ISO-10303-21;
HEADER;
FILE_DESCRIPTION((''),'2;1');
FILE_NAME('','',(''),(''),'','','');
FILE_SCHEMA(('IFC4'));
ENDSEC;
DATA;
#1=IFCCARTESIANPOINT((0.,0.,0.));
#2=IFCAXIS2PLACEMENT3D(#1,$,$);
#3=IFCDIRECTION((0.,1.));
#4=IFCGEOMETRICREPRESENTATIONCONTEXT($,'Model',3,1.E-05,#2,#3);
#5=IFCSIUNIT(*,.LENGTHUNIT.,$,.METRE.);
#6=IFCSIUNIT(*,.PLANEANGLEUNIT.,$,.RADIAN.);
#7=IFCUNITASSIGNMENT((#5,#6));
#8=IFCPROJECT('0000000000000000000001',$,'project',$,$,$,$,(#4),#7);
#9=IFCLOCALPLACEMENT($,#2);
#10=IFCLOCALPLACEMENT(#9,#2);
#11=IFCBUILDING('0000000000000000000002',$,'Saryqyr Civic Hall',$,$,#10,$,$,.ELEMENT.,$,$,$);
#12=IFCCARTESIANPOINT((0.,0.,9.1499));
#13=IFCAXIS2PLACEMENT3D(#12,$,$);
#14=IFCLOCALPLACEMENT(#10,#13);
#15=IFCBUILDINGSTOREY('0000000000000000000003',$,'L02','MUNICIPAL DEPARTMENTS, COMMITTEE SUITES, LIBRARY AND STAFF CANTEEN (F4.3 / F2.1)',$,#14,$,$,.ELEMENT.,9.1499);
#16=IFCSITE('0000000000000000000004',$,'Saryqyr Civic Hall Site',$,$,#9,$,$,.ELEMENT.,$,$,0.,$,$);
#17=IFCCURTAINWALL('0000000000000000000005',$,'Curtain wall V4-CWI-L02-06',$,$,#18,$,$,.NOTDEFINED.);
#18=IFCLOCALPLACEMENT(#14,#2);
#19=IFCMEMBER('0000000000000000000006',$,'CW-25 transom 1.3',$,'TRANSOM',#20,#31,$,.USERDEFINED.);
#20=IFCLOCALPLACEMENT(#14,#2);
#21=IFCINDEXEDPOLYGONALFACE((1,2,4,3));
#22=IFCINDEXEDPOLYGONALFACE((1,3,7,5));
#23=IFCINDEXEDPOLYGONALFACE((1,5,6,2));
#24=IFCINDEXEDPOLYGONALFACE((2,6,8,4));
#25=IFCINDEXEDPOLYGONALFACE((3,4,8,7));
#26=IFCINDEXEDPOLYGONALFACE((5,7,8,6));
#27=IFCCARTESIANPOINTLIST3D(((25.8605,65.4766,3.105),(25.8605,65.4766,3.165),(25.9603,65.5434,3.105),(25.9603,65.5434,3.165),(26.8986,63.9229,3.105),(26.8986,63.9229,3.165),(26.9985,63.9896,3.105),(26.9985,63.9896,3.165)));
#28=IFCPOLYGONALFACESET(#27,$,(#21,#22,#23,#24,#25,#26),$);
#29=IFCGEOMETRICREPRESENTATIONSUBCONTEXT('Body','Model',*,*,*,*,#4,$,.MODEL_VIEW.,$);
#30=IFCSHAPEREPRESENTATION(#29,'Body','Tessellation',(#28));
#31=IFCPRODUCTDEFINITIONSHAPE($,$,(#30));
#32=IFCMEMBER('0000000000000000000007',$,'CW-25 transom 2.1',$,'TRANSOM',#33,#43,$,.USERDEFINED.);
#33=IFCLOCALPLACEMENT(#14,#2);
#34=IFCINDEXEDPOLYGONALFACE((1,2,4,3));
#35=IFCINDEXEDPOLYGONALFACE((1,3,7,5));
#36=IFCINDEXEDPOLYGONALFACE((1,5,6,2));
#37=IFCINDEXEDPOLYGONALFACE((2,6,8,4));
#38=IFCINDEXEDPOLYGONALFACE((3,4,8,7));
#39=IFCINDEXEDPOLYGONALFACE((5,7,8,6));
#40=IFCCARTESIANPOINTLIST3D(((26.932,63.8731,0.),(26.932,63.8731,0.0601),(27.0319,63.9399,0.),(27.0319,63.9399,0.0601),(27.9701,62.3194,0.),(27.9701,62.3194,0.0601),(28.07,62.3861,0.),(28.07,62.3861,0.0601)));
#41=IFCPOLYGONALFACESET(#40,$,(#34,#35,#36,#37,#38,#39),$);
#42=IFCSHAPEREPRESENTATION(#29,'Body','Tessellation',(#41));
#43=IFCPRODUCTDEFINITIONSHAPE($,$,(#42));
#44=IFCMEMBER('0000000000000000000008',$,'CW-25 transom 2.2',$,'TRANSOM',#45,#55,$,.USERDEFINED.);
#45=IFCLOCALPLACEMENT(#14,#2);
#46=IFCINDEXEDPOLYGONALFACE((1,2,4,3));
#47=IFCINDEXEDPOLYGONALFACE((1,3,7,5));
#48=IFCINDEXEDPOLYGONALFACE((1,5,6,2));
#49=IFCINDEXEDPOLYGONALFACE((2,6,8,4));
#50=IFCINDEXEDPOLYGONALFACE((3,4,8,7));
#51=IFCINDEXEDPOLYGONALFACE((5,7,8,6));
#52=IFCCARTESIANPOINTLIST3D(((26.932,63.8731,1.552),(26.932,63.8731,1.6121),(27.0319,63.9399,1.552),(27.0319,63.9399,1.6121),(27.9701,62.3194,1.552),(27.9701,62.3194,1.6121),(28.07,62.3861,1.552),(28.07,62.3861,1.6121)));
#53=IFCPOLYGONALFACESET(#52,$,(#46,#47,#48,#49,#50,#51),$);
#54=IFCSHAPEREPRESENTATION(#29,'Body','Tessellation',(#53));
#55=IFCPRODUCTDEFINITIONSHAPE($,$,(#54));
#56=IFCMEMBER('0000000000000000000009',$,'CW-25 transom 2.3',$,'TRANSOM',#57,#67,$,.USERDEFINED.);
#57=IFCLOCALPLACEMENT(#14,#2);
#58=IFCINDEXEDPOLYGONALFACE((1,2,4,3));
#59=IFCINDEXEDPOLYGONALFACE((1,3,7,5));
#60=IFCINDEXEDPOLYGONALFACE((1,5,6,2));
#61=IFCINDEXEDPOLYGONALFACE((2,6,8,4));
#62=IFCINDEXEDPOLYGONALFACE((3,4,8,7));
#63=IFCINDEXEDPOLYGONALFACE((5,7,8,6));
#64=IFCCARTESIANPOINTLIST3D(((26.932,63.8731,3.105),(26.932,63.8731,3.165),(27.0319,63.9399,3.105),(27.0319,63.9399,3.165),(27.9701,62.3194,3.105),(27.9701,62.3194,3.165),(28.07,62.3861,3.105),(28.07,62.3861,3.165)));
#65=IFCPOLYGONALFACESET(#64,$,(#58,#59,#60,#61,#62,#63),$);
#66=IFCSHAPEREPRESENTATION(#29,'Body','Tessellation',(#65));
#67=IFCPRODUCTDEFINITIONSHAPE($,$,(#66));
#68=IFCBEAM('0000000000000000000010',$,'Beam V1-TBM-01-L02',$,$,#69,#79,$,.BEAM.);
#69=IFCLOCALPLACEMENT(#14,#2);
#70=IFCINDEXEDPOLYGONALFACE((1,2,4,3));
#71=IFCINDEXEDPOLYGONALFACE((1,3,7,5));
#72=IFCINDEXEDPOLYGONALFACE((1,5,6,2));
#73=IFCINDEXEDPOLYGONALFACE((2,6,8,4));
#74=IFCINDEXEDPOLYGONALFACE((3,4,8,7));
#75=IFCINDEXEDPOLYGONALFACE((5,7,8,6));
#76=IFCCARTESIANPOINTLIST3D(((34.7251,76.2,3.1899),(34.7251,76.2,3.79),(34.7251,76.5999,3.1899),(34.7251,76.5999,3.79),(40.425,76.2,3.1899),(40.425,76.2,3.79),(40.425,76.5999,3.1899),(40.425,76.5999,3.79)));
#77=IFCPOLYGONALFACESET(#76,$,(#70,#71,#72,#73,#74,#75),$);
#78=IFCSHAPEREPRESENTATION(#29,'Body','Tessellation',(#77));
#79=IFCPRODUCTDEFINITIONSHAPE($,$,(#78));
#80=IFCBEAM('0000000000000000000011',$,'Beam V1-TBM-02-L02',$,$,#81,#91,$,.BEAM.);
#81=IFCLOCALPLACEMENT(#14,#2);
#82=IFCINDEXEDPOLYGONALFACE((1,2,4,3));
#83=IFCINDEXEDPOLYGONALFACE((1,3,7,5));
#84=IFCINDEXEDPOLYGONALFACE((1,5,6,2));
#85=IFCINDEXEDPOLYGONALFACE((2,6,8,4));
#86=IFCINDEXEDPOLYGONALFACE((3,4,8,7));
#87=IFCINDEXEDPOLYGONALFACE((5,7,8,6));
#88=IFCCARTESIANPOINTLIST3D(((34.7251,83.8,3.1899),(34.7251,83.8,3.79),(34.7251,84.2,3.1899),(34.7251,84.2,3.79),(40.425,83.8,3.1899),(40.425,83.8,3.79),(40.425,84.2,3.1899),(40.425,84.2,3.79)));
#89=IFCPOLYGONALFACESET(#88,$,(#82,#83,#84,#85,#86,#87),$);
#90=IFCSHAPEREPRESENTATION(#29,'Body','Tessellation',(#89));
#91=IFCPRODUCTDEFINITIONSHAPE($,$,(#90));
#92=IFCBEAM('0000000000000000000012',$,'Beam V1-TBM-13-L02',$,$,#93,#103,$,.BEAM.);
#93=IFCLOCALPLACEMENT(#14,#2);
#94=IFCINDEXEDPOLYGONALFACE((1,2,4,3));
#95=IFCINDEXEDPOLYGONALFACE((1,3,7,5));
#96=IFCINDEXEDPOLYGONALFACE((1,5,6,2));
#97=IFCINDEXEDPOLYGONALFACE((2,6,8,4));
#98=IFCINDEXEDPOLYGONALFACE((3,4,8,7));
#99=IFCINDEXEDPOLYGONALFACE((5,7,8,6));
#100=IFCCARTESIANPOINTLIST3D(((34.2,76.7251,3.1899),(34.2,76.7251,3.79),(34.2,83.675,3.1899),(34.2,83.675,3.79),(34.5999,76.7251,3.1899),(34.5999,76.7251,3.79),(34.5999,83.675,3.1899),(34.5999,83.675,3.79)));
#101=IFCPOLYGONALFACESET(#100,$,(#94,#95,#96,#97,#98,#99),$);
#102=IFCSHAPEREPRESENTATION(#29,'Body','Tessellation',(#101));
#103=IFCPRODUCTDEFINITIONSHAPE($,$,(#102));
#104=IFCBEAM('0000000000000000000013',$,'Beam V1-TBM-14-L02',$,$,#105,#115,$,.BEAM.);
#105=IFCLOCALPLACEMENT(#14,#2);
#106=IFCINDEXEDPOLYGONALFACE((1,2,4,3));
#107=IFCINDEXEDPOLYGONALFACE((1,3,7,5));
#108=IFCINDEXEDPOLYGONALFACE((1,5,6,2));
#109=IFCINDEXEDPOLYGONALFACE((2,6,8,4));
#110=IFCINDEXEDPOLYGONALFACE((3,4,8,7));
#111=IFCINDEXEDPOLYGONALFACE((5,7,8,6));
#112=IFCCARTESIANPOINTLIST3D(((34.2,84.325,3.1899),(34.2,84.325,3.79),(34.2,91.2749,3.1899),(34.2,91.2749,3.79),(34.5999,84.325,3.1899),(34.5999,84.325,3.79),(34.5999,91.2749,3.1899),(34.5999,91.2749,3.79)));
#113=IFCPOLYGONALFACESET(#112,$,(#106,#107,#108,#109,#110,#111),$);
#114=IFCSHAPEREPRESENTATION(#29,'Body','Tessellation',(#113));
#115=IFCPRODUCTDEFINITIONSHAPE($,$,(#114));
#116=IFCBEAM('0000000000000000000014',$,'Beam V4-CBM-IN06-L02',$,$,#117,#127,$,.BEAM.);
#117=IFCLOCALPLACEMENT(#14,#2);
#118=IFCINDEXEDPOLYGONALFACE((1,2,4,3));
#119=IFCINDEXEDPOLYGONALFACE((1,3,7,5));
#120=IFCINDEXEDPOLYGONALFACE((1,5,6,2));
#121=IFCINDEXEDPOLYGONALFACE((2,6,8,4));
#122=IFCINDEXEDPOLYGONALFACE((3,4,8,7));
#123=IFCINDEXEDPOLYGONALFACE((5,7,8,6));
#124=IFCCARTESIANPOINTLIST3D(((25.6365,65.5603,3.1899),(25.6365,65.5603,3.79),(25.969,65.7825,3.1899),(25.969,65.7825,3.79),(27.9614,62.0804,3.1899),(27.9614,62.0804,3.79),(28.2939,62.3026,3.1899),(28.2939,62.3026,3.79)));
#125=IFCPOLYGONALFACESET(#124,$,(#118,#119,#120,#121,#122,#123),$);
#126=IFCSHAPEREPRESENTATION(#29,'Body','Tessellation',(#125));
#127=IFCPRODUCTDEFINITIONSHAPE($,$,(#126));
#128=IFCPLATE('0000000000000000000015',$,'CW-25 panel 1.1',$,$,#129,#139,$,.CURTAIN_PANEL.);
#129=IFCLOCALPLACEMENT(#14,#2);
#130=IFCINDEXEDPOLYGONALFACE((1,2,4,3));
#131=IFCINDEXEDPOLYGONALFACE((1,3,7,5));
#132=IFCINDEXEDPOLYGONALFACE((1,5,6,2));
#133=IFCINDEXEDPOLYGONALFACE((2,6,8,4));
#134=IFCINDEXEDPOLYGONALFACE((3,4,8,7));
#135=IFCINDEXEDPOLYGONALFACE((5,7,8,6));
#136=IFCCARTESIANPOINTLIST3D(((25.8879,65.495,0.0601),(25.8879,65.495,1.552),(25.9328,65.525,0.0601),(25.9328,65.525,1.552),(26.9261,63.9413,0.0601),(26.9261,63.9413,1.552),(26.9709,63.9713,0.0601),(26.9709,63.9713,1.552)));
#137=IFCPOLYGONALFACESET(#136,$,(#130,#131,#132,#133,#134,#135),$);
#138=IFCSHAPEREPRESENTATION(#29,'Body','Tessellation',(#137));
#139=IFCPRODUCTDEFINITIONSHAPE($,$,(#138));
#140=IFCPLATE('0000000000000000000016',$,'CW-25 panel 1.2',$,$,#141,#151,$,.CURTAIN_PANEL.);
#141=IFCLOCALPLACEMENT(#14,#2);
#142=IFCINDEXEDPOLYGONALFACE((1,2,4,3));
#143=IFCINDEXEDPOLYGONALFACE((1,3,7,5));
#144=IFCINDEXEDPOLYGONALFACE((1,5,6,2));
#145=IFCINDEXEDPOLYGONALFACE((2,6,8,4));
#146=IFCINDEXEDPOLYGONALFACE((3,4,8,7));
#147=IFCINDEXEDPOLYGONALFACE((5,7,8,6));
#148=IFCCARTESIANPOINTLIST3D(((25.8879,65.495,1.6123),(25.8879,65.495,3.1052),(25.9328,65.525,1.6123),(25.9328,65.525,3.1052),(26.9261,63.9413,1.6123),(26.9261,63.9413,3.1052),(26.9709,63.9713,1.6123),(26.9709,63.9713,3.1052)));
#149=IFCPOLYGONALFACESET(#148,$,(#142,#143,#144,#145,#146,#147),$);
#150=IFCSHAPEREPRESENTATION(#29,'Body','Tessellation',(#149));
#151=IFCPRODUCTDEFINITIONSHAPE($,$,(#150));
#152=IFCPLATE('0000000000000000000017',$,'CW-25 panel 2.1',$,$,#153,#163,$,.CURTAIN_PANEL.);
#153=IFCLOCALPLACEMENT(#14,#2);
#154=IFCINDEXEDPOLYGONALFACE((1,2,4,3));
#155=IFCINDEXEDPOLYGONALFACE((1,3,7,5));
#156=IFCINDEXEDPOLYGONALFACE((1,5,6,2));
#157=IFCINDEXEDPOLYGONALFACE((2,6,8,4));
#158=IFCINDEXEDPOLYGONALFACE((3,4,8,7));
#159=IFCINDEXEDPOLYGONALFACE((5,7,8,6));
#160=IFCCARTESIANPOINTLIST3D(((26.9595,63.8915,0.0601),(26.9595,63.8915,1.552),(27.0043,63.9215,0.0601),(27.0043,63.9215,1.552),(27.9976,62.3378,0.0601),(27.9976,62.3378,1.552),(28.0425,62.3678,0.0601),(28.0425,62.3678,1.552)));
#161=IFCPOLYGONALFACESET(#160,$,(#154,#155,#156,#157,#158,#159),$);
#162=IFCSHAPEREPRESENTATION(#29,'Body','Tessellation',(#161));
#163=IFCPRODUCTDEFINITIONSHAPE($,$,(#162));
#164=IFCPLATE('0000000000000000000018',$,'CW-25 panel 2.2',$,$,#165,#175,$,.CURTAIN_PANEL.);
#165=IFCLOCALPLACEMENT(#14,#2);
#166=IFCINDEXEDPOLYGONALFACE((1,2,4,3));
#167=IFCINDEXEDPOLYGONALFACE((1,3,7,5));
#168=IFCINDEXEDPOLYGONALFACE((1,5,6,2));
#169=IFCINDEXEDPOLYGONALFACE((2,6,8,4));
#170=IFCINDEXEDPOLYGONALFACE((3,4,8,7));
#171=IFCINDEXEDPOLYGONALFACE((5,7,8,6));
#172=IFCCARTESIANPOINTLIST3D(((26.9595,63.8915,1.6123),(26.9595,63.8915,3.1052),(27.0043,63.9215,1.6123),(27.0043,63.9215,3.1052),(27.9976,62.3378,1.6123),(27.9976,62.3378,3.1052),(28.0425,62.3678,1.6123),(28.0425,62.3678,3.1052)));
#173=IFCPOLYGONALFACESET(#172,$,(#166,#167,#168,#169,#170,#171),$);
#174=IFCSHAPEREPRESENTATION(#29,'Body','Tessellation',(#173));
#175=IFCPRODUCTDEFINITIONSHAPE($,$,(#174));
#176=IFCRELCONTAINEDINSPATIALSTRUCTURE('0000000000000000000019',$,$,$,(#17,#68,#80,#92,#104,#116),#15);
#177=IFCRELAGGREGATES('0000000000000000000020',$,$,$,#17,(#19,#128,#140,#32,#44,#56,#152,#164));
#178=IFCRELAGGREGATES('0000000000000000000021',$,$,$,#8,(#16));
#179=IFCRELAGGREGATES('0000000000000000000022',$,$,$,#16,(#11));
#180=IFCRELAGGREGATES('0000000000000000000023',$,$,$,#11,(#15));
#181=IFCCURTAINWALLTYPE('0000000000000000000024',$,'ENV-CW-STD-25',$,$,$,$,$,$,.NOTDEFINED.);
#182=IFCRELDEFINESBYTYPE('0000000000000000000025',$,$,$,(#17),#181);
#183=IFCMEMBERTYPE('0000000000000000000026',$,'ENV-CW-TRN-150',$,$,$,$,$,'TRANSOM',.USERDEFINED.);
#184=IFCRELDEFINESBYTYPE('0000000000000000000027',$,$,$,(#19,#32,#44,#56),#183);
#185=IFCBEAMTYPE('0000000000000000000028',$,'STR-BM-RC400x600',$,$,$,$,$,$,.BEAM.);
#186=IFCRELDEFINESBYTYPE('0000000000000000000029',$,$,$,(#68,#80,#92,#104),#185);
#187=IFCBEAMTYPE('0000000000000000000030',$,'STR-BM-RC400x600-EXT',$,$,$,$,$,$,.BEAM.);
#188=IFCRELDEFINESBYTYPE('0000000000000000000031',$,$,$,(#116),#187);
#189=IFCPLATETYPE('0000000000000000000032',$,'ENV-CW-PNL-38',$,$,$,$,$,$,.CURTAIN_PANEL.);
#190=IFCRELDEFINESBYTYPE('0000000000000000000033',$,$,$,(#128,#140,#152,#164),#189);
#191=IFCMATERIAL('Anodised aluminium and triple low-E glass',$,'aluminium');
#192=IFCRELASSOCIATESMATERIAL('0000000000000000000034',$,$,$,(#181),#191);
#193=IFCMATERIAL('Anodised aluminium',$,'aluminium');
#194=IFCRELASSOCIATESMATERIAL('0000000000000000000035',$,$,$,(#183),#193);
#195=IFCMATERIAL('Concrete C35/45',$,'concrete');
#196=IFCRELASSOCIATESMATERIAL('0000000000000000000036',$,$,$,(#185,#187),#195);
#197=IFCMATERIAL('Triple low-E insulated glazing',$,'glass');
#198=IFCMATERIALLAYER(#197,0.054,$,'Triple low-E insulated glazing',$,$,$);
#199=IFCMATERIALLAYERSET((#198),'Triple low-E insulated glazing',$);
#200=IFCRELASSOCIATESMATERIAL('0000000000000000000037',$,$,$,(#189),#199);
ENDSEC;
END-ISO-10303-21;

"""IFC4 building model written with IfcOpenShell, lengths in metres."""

from ifc_helpers import new_model, si_unit, direction, frame, origin, origin_2d, place, context, subcontext, project, spatial, rectangle, extrude, material, layer, layer_set, material_profile, profile_set, type_object, element, aggregate, save


model = new_model("IFC4")

# Units and contexts
model_context = context("Model", 3, precision=1e-05, world=origin(), true_north=direction((0.0, 1.0)))
body_context = subcontext(model_context, "Body", "Model", "MODEL_VIEW")
ifc_project = project(units=[si_unit("LENGTHUNIT", "METRE"), si_unit("PLANEANGLEUNIT", "RADIAN")], contexts=[model_context])

# Site, building, storey
site_placement = place(None, origin())
site = spatial("IfcSite", under=ifc_project, at=site_placement, Name="Saryqyr Civic Hall Site", CompositionType="ELEMENT", RefElevation=0.0)
building_placement = place(site_placement, origin())
building = spatial("IfcBuilding", under=site, at=building_placement, Name="Saryqyr Civic Hall", CompositionType="ELEMENT")
storey_placement = place(building_placement, frame((0.0, 0.0, 9.1499)))
storey = spatial("IfcBuildingStorey", under=building, at=storey_placement, Name="L02", Description="MUNICIPAL DEPARTMENTS, COMMITTEE SUITES, LIBRARY AND STAFF CANTEEN (F4.3 / F2.1)", CompositionType="ELEMENT", Elevation=9.1499)

# Curtain wall, members
ifc_material_1 = material(Name="Anodised aluminium and triple low-E glass", Category="aluminium")
curtain_wall_type = type_object("IfcCurtainWallType", Name="ENV-CW-STD-25", PredefinedType="NOTDEFINED", material=ifc_material_1)
curtain_wall_placement = place(storey_placement, origin())
curtain_wall = element("IfcCurtainWall", 1, at=curtain_wall_placement, inside=storey, type_object=curtain_wall_type, Name="Curtain wall V4-CWI-L02-06", PredefinedType="NOTDEFINED")
ifc_material_2 = material(Name="Anodised aluminium", Category="aluminium")
ifc_material_profile_1 = material_profile(ifc_material_2, rectangle(XDim=0.1201, YDim=0.0601, at=origin_2d()), Name="ALU TRANSOM 120x60")
ifc_profile_set_1 = profile_set([ifc_material_profile_1], Name="Anodised aluminium")
member_type_1 = type_object("IfcMemberType", Name="ENV-CW-TRN-150", ElementType="TRANSOM", PredefinedType="USERDEFINED", material=ifc_profile_set_1)
member_1_placement = place(storey_placement, frame((25.9104, 65.51, 3.135), z_axis=(0.555544, -0.831487, 0.0), x_axis=(0.831487, 0.555544, 0.0)))
member_1 = element("IfcMember", 2, at=member_1_placement, type_object=member_type_1, Name="CW-25 transom 1.3", ObjectType="TRANSOM", PredefinedType="USERDEFINED", context=body_context, shape_type="SweptSolid", body=[
    extrude(rectangle(XDim=0.1201, YDim=0.0601, at=origin_2d()), origin(), (0.0, 0.0, 1.0), 1.8687),
])
member_2_placement = place(storey_placement, frame((26.9819, 63.9065, 0.03), z_axis=(0.555544, -0.831487, 0.0), x_axis=(0.831487, 0.555544, 0.0)))
member_2 = element("IfcMember", 3, at=member_2_placement, type_object=member_type_1, Name="CW-25 transom 2.1", ObjectType="TRANSOM", PredefinedType="USERDEFINED", context=body_context, shape_type="SweptSolid", body=[
    extrude(rectangle(XDim=0.1201, YDim=0.0601, at=origin_2d()), origin(), (0.0, 0.0, 1.0), 1.8687),
])
member_3_placement = place(storey_placement, frame((26.9819, 63.9065, 1.582), z_axis=(0.555544, -0.831487, 0.0), x_axis=(0.831487, 0.555544, 0.0)))
member_3 = element("IfcMember", 4, at=member_3_placement, type_object=member_type_1, Name="CW-25 transom 2.2", ObjectType="TRANSOM", PredefinedType="USERDEFINED", context=body_context, shape_type="SweptSolid", body=[
    extrude(rectangle(XDim=0.1201, YDim=0.0601, at=origin_2d()), origin(), (0.0, 0.0, 1.0), 1.8687),
])
member_4_placement = place(storey_placement, frame((26.9819, 63.9065, 3.135), z_axis=(0.555544, -0.831487, 0.0), x_axis=(0.831487, 0.555544, 0.0)))
member_4 = element("IfcMember", 5, at=member_4_placement, type_object=member_type_1, Name="CW-25 transom 2.3", ObjectType="TRANSOM", PredefinedType="USERDEFINED", context=body_context, shape_type="SweptSolid", body=[
    extrude(rectangle(XDim=0.1201, YDim=0.0601, at=origin_2d()), origin(), (0.0, 0.0, 1.0), 1.8687),
])

# Beams
ifc_material_3 = material(Name="Concrete C35/45", Category="concrete")
ifc_material_profile_2 = material_profile(ifc_material_3, rectangle(XDim=0.3999, YDim=0.6001, at=origin_2d()), Name="RC 400x600")
ifc_profile_set_2 = profile_set([ifc_material_profile_2], Name="Concrete C35/45")
beam_type_1 = type_object("IfcBeamType", Name="STR-BM-RC400x600", PredefinedType="BEAM", material=ifc_profile_set_2)
for number, where, z_axis, x_axis, name in (
    (6, (34.7251, 76.3999, 3.49), (1.0, 0.0, 0.0), (0.0, 1.0, 0.0), "Beam V1-TBM-01-L02"),
    (7, (34.7251, 84.0, 3.49), (1.0, 0.0, 0.0), (0.0, 1.0, 0.0), "Beam V1-TBM-02-L02"),
):
    element("IfcBeam", number, at=place(storey_placement, frame(where, z_axis=z_axis, x_axis=x_axis)), inside=storey, type_object=beam_type_1, Name=name, PredefinedType="BEAM", context=body_context, shape_type="SweptSolid", body=[
        extrude(rectangle(XDim=0.3999, YDim=0.6001, at=origin_2d()), origin(), (0.0, 0.0, 1.0), 5.7),
    ])
for number, where, z_axis, x_axis, name in (
    (8, (34.3999, 76.7251, 3.49), (0.0, 1.0, 0.0), (-1.0, 0.0, 0.0), "Beam V1-TBM-13-L02"),
    (9, (34.3999, 84.325, 3.49), (0.0, 1.0, 0.0), (-1.0, 0.0, 0.0), "Beam V1-TBM-14-L02"),
):
    element("IfcBeam", number, at=place(storey_placement, frame(where, z_axis=z_axis, x_axis=x_axis)), inside=storey, type_object=beam_type_1, Name=name, PredefinedType="BEAM", context=body_context, shape_type="SweptSolid", body=[
        extrude(rectangle(XDim=0.3999, YDim=0.6001, at=origin_2d()), origin(), (0.0, 0.0, 1.0), 6.95),
    ])
ifc_material_profile_3 = material_profile(ifc_material_3, rectangle(XDim=0.3999, YDim=0.6001, at=origin_2d()), Name="RC 400x600")
ifc_profile_set_3 = profile_set([ifc_material_profile_3], Name="Concrete C35/45")
beam_type_2 = type_object("IfcBeamType", Name="STR-BM-RC400x600-EXT", PredefinedType="BEAM", material=ifc_profile_set_3)
beam_placement = place(storey_placement, frame((25.8027, 65.6714, 3.49), z_axis=(0.555521, -0.831502, 0.0), x_axis=(0.831502, 0.555521, 0.0)))
element("IfcBeam", 10, at=beam_placement, inside=storey, type_object=beam_type_2, Name="Beam V4-CBM-IN06-L02", PredefinedType="BEAM", context=body_context, shape_type="SweptSolid", body=[
    extrude(rectangle(XDim=0.3999, YDim=0.6001, at=origin_2d()), origin(), (0.0, 0.0, 1.0), 4.1851),
])

# Plates
ifc_material_4 = material(Name="Triple low-E insulated glazing", Category="glass")
ifc_layer_1 = layer(ifc_material_4, 0.054, Name="Triple low-E insulated glazing")
ifc_layer_set_1 = layer_set([ifc_layer_1], Name="Triple low-E insulated glazing")
plate_type = type_object("IfcPlateType", Name="ENV-CW-PNL-38", PredefinedType="CURTAIN_PANEL", material=ifc_layer_set_1)
plate_1_placement = place(storey_placement, frame((26.4294, 64.7332, 0.0601), z_axis=(0.0, 0.0, 1.0), x_axis=(0.555554, -0.83148, 0.0)))
plate_1 = element("IfcPlate", 11, at=plate_1_placement, type_object=plate_type, Name="CW-25 panel 1.1", PredefinedType="CURTAIN_PANEL", context=body_context, shape_type="SweptSolid", body=[
    extrude(rectangle(XDim=1.8687, YDim=0.054, at=origin_2d()), origin(), (0.0, 0.0, 1.0), 1.4919),
])
plate_2_placement = place(storey_placement, frame((26.4294, 64.7332, 1.6123), z_axis=(0.0, 0.0, 1.0), x_axis=(0.555554, -0.83148, 0.0)))
plate_2 = element("IfcPlate", 12, at=plate_2_placement, type_object=plate_type, Name="CW-25 panel 1.2", PredefinedType="CURTAIN_PANEL", context=body_context, shape_type="SweptSolid", body=[
    extrude(rectangle(XDim=1.8687, YDim=0.054, at=origin_2d()), origin(), (0.0, 0.0, 1.0), 1.4929),
])
plate_3_placement = place(storey_placement, frame((27.501, 63.1296, 0.0601), z_axis=(0.0, 0.0, 1.0), x_axis=(0.555554, -0.83148, 0.0)))
plate_3 = element("IfcPlate", 13, at=plate_3_placement, type_object=plate_type, Name="CW-25 panel 2.1", PredefinedType="CURTAIN_PANEL", context=body_context, shape_type="SweptSolid", body=[
    extrude(rectangle(XDim=1.8687, YDim=0.054, at=origin_2d()), origin(), (0.0, 0.0, 1.0), 1.4919),
])
plate_4_placement = place(storey_placement, frame((27.501, 63.1296, 1.6123), z_axis=(0.0, 0.0, 1.0), x_axis=(0.555554, -0.83148, 0.0)))
plate_4 = element("IfcPlate", 14, at=plate_4_placement, type_object=plate_type, Name="CW-25 panel 2.2", PredefinedType="CURTAIN_PANEL", context=body_context, shape_type="SweptSolid", body=[
    extrude(rectangle(XDim=1.8687, YDim=0.054, at=origin_2d()), origin(), (0.0, 0.0, 1.0), 1.4929),
])
aggregate(curtain_wall, [member_1, plate_1, plate_2, member_2, member_3, member_4, plate_3, plate_4])

save(model, "model.ifc")
